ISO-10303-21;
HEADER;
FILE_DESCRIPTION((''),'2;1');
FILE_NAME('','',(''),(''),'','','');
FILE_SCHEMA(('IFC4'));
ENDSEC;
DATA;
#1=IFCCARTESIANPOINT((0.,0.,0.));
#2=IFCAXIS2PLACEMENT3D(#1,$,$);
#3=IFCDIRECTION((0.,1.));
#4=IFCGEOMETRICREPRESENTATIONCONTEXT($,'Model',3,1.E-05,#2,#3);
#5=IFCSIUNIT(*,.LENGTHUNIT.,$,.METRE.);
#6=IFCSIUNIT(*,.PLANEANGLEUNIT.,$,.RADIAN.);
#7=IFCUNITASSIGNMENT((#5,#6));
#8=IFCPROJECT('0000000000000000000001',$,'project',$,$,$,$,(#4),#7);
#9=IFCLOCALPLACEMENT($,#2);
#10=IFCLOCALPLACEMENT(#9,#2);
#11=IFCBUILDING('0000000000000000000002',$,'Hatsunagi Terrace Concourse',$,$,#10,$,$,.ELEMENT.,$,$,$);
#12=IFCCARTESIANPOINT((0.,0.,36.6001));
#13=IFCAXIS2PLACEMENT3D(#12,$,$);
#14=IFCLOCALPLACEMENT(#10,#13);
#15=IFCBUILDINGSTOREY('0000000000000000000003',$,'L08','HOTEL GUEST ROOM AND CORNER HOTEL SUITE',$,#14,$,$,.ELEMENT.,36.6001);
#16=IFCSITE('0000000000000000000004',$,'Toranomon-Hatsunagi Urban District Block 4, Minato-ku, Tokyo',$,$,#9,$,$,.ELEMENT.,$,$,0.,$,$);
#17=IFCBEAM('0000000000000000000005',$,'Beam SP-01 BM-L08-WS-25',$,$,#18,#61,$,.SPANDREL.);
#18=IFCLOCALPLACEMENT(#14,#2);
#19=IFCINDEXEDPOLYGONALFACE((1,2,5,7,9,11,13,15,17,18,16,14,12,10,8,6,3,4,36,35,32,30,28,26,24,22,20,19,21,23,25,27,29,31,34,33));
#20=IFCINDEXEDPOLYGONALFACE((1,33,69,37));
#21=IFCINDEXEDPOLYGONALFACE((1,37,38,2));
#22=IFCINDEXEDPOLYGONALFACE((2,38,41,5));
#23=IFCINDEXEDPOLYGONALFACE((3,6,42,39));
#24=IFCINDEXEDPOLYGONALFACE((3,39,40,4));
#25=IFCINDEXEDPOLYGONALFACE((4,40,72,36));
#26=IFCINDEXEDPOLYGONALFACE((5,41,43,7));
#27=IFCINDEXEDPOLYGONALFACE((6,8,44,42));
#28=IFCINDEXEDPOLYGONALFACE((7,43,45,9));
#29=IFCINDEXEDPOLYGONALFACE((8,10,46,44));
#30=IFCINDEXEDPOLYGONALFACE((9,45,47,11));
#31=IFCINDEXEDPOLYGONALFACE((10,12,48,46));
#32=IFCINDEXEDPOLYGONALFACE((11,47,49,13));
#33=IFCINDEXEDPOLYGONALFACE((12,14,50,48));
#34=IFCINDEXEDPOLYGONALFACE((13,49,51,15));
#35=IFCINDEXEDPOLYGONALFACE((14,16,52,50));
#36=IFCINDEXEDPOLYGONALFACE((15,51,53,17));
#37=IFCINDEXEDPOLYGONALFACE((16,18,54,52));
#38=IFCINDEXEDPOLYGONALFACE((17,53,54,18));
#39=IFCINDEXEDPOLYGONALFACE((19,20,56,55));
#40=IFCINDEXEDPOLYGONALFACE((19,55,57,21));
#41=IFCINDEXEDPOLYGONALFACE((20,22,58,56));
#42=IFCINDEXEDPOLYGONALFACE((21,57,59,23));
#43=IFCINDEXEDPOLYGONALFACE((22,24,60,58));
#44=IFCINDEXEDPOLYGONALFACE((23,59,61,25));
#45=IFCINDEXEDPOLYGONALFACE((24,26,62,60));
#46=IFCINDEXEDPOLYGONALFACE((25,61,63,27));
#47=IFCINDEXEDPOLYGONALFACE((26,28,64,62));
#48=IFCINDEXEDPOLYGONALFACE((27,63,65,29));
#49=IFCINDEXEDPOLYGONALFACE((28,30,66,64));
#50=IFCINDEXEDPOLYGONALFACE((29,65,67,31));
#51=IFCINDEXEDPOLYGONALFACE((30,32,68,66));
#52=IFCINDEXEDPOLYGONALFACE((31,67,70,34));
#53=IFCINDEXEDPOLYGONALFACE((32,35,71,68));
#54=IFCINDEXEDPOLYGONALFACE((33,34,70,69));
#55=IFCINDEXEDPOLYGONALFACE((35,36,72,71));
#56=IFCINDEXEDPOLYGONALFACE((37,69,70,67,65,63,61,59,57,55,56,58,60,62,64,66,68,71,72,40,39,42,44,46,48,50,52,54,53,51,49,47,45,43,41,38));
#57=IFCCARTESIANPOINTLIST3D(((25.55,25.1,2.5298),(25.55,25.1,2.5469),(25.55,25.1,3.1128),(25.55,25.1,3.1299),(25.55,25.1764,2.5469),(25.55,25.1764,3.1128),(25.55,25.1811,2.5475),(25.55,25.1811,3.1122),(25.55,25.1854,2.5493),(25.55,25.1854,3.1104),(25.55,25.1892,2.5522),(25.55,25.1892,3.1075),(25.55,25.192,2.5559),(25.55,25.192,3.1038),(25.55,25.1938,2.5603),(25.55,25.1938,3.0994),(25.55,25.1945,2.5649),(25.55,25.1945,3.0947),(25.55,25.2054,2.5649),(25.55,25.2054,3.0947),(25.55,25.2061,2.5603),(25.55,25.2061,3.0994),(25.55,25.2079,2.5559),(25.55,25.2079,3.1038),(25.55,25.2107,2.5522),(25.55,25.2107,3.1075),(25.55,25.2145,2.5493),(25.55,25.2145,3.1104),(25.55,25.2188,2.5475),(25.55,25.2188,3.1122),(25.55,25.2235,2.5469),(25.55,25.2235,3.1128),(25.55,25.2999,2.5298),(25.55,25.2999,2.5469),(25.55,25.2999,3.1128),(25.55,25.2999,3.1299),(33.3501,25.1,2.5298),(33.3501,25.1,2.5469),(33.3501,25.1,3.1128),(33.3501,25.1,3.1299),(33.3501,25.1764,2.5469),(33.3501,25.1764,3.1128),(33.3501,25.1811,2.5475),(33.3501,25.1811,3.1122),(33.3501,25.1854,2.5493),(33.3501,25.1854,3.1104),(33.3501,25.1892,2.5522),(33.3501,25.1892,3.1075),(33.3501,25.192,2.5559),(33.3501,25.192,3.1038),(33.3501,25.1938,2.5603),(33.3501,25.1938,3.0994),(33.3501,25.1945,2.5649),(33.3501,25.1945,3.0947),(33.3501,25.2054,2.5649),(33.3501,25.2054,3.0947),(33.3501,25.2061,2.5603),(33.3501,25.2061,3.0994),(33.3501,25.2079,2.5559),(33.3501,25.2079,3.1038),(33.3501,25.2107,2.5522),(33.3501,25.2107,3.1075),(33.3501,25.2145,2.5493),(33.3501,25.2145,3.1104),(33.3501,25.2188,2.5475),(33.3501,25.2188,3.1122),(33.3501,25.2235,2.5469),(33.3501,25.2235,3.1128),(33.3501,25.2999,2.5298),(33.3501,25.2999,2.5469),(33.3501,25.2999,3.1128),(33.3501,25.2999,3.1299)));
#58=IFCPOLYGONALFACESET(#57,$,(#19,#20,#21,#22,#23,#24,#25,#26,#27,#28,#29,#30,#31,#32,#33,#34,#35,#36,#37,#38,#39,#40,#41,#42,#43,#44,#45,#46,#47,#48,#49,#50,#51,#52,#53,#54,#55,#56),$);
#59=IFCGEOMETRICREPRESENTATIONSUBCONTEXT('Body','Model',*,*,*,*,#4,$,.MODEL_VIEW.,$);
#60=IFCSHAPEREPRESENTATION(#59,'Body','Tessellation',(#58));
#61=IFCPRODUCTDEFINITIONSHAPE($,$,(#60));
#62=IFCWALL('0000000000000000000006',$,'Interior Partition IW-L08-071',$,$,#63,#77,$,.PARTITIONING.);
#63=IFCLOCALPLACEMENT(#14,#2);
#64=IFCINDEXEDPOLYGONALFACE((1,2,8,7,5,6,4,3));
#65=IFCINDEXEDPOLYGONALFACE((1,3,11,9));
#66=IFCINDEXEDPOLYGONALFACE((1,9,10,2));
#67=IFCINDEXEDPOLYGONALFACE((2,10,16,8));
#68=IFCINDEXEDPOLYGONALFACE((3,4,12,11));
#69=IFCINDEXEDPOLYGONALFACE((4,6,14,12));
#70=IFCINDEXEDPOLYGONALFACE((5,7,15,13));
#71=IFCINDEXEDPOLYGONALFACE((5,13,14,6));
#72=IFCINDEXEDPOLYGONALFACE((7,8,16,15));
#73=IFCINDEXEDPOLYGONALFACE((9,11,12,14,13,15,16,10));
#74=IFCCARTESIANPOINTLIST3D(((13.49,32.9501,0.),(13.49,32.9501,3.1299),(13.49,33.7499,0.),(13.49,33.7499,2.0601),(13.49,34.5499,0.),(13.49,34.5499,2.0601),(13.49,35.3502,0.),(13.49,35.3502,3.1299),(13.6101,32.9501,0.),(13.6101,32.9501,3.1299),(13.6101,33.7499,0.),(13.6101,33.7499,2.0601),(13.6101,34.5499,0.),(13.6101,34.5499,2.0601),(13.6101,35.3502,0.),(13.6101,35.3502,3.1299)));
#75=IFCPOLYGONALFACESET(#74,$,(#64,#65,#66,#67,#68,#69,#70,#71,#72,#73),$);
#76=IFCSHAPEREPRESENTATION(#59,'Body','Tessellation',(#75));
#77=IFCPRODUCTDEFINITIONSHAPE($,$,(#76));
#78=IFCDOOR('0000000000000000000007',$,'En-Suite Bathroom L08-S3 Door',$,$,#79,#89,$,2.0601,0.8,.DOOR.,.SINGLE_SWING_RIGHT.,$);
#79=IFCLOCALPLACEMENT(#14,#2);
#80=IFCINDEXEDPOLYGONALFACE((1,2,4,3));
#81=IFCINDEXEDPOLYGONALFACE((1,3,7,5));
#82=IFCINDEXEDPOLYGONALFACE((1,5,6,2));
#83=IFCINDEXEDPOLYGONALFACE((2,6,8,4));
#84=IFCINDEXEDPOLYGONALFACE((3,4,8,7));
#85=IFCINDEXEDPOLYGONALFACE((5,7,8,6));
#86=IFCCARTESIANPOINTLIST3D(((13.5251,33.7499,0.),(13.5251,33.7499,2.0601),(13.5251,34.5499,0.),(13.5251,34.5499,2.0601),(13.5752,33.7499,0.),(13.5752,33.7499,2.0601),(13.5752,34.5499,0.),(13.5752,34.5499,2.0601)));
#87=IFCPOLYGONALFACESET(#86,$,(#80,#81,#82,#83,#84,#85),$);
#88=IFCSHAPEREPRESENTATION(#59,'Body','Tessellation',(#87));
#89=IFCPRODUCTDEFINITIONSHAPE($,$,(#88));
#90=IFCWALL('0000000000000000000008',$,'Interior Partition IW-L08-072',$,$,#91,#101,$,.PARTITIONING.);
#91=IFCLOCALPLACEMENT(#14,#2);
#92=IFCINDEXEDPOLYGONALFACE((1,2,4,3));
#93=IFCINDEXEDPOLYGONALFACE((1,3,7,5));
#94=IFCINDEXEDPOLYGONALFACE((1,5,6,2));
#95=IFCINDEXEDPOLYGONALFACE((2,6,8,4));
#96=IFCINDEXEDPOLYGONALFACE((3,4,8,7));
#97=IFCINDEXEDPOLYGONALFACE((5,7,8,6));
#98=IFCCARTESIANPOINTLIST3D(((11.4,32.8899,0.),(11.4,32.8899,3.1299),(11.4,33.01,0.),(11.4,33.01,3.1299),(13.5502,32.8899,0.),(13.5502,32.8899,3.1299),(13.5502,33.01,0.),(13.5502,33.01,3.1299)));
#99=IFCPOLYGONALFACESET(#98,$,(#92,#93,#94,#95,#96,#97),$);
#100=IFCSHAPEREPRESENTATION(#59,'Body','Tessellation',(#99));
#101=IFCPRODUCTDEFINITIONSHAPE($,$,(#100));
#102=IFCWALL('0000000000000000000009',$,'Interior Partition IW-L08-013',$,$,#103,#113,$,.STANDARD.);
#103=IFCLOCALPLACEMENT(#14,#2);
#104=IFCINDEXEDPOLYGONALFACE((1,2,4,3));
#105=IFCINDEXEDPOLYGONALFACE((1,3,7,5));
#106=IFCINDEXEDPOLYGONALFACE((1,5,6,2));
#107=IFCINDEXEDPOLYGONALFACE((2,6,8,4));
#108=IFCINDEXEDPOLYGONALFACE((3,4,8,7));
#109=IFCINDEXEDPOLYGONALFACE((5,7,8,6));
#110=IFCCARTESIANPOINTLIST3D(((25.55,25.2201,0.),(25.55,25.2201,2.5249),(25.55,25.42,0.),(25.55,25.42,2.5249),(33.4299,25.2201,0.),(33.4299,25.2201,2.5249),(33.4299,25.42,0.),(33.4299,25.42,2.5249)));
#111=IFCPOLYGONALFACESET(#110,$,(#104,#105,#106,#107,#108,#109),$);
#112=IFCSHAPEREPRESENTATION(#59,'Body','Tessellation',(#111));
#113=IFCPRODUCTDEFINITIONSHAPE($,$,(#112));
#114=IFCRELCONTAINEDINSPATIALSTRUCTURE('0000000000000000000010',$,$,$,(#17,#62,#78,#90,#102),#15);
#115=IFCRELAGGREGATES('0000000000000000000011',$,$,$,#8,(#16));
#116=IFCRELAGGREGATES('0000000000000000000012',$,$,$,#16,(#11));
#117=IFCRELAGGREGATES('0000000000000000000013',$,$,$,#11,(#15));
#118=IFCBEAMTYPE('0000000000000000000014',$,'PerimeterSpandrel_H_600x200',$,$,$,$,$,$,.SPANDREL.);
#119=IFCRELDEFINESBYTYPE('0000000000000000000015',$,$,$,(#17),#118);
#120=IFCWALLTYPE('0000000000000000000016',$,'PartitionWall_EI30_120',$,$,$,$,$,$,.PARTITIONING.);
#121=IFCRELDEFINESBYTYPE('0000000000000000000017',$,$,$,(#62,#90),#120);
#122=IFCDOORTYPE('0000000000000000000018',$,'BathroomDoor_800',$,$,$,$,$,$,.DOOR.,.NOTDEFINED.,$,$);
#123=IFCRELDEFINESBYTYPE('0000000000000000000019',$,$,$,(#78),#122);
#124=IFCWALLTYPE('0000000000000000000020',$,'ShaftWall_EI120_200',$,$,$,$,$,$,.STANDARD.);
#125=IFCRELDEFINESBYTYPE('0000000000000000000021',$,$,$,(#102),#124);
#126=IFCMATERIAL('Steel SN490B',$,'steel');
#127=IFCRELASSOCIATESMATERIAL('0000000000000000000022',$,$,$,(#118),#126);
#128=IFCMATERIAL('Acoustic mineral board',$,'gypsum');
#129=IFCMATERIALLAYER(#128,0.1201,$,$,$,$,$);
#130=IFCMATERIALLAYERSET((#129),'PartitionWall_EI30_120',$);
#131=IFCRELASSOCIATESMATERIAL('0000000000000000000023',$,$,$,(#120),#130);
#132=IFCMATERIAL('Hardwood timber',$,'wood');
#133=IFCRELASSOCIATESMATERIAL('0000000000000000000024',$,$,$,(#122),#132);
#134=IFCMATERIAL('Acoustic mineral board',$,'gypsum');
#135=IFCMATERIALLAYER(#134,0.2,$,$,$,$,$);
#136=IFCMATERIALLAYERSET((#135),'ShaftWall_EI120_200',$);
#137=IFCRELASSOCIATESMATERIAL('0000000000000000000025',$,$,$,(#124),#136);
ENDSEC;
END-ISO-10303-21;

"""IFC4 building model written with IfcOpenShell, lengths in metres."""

from ifc_helpers import new_model, si_unit, direction, frame, frame_2d, origin, origin_2d, place, context, subcontext, project, spatial, rectangle, i_section, extrude, material, layer, layer_set, material_profile, profile_set, type_object, element, fill, save


model = new_model("IFC4")

# Units and contexts
model_context = context("Model", 3, precision=1e-05, world=origin(), true_north=direction((0.0, 1.0)))
body_context = subcontext(model_context, "Body", "Model", "MODEL_VIEW")
ifc_project = project(units=[si_unit("LENGTHUNIT", "METRE"), si_unit("PLANEANGLEUNIT", "RADIAN")], contexts=[model_context])

# Site, building, storey
site_placement = place(None, origin())
site = spatial("IfcSite", under=ifc_project, at=site_placement, Name="Toranomon-Hatsunagi Urban District Block 4, Minato-ku, Tokyo", CompositionType="ELEMENT", RefElevation=0.0)
building_placement = place(site_placement, origin())
building = spatial("IfcBuilding", under=site, at=building_placement, Name="Hatsunagi Terrace Concourse", CompositionType="ELEMENT")
storey_placement = place(building_placement, frame((0.0, 0.0, 36.6001)))
storey = spatial("IfcBuildingStorey", under=building, at=storey_placement, Name="L08", Description="HOTEL GUEST ROOM AND CORNER HOTEL SUITE", CompositionType="ELEMENT", Elevation=36.6001)

# Beam
ifc_material_1 = material(Name="Steel SN490B", Category="steel")
ifc_material_profile_1 = material_profile(ifc_material_1, i_section(OverallWidth=0.2, OverallDepth=0.6001, WebThickness=0.011, FlangeThickness=0.0171, FilletRadius=0.0181, at=origin_2d()), Name="H-600x200x11x17")
ifc_profile_set_1 = profile_set([ifc_material_profile_1], Name="Steel SN490B")
beam_type_1 = type_object("IfcBeamType", Name="PerimeterSpandrel_H_600x200", PredefinedType="SPANDREL", material=ifc_profile_set_1)
beam_1_placement = place(storey_placement, frame((25.55, 25.2, 2.8298), z_axis=(1.0, 0.0, 0.0), x_axis=(0.0, 1.0, 0.0)))
element("IfcBeam", 1, at=beam_1_placement, inside=storey, type_object=beam_type_1, Name="Beam SP-01 BM-L08-WS-25", PredefinedType="SPANDREL", context=body_context, shape_type="SweptSolid", body=[
    extrude(i_section(OverallWidth=0.2, OverallDepth=0.6001, WebThickness=0.011, FlangeThickness=0.0171, FilletRadius=0.0181, at=origin_2d()), origin(), (0.0, 0.0, 1.0), 7.8),
])

# Wall, opening, door
ifc_material_2 = material(Name="Acoustic mineral board", Category="gypsum")
ifc_layer_1 = layer(ifc_material_2, 0.1201)
ifc_layer_set_1 = layer_set([ifc_layer_1], Name="PartitionWall_EI30_120")
wall_type_1 = type_object("IfcWallType", Name="PartitionWall_EI30_120", PredefinedType="PARTITIONING", material=ifc_layer_set_1)
wall_1_placement = place(storey_placement, frame((13.55, 32.95, 0.0), z_axis=(0.0, 0.0, 1.0), x_axis=(0.0, 1.0, 0.0)))
wall_1 = element("IfcWall", 2, at=wall_1_placement, inside=storey, type_object=wall_type_1, Name="Interior Partition IW-L08-071", PredefinedType="PARTITIONING", context=body_context, shape_type="SweptSolid", body=[
    extrude(rectangle(XDim=2.4001, YDim=0.1201, at=frame_2d((1.2002, 0.0))), origin(), (0.0, 0.0, 1.0), 3.1299),
])
opening_1_placement = place(wall_1_placement, frame((0.8, 0.0, 0.0)))
opening_1 = element("IfcOpeningElement", 3, at=opening_1_placement, cuts=wall_1, PredefinedType="OPENING", context=body_context, shape_type="SweptSolid", body=[
    extrude(rectangle(XDim=0.8, YDim=2.0601, at=frame_2d((0.3999, 1.03))), frame((0.0, 0.0701, 0.0), z_axis=(0.0, -1.0, 0.0), x_axis=(1.0, 0.0, 0.0)), (0.0, 0.0, 1.0), 0.1401),
])
ifc_material_3 = material(Name="Hardwood timber", Category="wood")
door_type_1 = type_object("IfcDoorType", Name="BathroomDoor_800", OperationType="NOTDEFINED", PredefinedType="DOOR", material=ifc_material_3)
door_1_placement = place(opening_1_placement, origin())
door_1 = element("IfcDoor", 4, at=door_1_placement, inside=storey, type_object=door_type_1, Name="En-Suite Bathroom L08-S3 Door", OperationType="SINGLE_SWING_RIGHT", OverallHeight=2.0601, OverallWidth=0.8, PredefinedType="DOOR", context=body_context, shape_type="SweptSolid", body=[
    extrude(rectangle(XDim=0.8, YDim=2.0601, at=frame_2d((0.3999, 1.03))), frame((0.0, 0.0249, 0.0), z_axis=(0.0, -1.0, 0.0), x_axis=(1.0, 0.0, 0.0)), (0.0, 0.0, 1.0), 0.05),
])
fill(opening_1, door_1)

# Walls
wall_2_placement = place(storey_placement, frame((11.3999, 32.95, 0.0), z_axis=(0.0, 0.0, 1.0), x_axis=(1.0, 0.0, 0.0)))
element("IfcWall", 5, at=wall_2_placement, inside=storey, type_object=wall_type_1, Name="Interior Partition IW-L08-072", PredefinedType="PARTITIONING", context=body_context, shape_type="SweptSolid", body=[
    extrude(rectangle(XDim=2.1501, YDim=0.1201, at=frame_2d((1.0752, 0.0))), origin(), (0.0, 0.0, 1.0), 3.1299),
])
ifc_material_4 = material(Name="Acoustic mineral board", Category="gypsum")
ifc_layer_2 = layer(ifc_material_4, 0.2)
ifc_layer_set_2 = layer_set([ifc_layer_2], Name="ShaftWall_EI120_200")
wall_type_2 = type_object("IfcWallType", Name="ShaftWall_EI120_200", PredefinedType="STANDARD", material=ifc_layer_set_2)
wall_3_placement = place(storey_placement, frame((25.55, 25.3201, 0.0), z_axis=(0.0, 0.0, 1.0), x_axis=(1.0, 0.0, 0.0)))
element("IfcWall", 6, at=wall_3_placement, inside=storey, type_object=wall_type_2, Name="Interior Partition IW-L08-013", PredefinedType="STANDARD", context=body_context, shape_type="SweptSolid", body=[
    extrude(rectangle(XDim=7.8799, YDim=0.2, at=frame_2d((3.9399, 0.0))), origin(), (0.0, 0.0, 1.0), 2.5249),
])

save(model, "model.ifc")
